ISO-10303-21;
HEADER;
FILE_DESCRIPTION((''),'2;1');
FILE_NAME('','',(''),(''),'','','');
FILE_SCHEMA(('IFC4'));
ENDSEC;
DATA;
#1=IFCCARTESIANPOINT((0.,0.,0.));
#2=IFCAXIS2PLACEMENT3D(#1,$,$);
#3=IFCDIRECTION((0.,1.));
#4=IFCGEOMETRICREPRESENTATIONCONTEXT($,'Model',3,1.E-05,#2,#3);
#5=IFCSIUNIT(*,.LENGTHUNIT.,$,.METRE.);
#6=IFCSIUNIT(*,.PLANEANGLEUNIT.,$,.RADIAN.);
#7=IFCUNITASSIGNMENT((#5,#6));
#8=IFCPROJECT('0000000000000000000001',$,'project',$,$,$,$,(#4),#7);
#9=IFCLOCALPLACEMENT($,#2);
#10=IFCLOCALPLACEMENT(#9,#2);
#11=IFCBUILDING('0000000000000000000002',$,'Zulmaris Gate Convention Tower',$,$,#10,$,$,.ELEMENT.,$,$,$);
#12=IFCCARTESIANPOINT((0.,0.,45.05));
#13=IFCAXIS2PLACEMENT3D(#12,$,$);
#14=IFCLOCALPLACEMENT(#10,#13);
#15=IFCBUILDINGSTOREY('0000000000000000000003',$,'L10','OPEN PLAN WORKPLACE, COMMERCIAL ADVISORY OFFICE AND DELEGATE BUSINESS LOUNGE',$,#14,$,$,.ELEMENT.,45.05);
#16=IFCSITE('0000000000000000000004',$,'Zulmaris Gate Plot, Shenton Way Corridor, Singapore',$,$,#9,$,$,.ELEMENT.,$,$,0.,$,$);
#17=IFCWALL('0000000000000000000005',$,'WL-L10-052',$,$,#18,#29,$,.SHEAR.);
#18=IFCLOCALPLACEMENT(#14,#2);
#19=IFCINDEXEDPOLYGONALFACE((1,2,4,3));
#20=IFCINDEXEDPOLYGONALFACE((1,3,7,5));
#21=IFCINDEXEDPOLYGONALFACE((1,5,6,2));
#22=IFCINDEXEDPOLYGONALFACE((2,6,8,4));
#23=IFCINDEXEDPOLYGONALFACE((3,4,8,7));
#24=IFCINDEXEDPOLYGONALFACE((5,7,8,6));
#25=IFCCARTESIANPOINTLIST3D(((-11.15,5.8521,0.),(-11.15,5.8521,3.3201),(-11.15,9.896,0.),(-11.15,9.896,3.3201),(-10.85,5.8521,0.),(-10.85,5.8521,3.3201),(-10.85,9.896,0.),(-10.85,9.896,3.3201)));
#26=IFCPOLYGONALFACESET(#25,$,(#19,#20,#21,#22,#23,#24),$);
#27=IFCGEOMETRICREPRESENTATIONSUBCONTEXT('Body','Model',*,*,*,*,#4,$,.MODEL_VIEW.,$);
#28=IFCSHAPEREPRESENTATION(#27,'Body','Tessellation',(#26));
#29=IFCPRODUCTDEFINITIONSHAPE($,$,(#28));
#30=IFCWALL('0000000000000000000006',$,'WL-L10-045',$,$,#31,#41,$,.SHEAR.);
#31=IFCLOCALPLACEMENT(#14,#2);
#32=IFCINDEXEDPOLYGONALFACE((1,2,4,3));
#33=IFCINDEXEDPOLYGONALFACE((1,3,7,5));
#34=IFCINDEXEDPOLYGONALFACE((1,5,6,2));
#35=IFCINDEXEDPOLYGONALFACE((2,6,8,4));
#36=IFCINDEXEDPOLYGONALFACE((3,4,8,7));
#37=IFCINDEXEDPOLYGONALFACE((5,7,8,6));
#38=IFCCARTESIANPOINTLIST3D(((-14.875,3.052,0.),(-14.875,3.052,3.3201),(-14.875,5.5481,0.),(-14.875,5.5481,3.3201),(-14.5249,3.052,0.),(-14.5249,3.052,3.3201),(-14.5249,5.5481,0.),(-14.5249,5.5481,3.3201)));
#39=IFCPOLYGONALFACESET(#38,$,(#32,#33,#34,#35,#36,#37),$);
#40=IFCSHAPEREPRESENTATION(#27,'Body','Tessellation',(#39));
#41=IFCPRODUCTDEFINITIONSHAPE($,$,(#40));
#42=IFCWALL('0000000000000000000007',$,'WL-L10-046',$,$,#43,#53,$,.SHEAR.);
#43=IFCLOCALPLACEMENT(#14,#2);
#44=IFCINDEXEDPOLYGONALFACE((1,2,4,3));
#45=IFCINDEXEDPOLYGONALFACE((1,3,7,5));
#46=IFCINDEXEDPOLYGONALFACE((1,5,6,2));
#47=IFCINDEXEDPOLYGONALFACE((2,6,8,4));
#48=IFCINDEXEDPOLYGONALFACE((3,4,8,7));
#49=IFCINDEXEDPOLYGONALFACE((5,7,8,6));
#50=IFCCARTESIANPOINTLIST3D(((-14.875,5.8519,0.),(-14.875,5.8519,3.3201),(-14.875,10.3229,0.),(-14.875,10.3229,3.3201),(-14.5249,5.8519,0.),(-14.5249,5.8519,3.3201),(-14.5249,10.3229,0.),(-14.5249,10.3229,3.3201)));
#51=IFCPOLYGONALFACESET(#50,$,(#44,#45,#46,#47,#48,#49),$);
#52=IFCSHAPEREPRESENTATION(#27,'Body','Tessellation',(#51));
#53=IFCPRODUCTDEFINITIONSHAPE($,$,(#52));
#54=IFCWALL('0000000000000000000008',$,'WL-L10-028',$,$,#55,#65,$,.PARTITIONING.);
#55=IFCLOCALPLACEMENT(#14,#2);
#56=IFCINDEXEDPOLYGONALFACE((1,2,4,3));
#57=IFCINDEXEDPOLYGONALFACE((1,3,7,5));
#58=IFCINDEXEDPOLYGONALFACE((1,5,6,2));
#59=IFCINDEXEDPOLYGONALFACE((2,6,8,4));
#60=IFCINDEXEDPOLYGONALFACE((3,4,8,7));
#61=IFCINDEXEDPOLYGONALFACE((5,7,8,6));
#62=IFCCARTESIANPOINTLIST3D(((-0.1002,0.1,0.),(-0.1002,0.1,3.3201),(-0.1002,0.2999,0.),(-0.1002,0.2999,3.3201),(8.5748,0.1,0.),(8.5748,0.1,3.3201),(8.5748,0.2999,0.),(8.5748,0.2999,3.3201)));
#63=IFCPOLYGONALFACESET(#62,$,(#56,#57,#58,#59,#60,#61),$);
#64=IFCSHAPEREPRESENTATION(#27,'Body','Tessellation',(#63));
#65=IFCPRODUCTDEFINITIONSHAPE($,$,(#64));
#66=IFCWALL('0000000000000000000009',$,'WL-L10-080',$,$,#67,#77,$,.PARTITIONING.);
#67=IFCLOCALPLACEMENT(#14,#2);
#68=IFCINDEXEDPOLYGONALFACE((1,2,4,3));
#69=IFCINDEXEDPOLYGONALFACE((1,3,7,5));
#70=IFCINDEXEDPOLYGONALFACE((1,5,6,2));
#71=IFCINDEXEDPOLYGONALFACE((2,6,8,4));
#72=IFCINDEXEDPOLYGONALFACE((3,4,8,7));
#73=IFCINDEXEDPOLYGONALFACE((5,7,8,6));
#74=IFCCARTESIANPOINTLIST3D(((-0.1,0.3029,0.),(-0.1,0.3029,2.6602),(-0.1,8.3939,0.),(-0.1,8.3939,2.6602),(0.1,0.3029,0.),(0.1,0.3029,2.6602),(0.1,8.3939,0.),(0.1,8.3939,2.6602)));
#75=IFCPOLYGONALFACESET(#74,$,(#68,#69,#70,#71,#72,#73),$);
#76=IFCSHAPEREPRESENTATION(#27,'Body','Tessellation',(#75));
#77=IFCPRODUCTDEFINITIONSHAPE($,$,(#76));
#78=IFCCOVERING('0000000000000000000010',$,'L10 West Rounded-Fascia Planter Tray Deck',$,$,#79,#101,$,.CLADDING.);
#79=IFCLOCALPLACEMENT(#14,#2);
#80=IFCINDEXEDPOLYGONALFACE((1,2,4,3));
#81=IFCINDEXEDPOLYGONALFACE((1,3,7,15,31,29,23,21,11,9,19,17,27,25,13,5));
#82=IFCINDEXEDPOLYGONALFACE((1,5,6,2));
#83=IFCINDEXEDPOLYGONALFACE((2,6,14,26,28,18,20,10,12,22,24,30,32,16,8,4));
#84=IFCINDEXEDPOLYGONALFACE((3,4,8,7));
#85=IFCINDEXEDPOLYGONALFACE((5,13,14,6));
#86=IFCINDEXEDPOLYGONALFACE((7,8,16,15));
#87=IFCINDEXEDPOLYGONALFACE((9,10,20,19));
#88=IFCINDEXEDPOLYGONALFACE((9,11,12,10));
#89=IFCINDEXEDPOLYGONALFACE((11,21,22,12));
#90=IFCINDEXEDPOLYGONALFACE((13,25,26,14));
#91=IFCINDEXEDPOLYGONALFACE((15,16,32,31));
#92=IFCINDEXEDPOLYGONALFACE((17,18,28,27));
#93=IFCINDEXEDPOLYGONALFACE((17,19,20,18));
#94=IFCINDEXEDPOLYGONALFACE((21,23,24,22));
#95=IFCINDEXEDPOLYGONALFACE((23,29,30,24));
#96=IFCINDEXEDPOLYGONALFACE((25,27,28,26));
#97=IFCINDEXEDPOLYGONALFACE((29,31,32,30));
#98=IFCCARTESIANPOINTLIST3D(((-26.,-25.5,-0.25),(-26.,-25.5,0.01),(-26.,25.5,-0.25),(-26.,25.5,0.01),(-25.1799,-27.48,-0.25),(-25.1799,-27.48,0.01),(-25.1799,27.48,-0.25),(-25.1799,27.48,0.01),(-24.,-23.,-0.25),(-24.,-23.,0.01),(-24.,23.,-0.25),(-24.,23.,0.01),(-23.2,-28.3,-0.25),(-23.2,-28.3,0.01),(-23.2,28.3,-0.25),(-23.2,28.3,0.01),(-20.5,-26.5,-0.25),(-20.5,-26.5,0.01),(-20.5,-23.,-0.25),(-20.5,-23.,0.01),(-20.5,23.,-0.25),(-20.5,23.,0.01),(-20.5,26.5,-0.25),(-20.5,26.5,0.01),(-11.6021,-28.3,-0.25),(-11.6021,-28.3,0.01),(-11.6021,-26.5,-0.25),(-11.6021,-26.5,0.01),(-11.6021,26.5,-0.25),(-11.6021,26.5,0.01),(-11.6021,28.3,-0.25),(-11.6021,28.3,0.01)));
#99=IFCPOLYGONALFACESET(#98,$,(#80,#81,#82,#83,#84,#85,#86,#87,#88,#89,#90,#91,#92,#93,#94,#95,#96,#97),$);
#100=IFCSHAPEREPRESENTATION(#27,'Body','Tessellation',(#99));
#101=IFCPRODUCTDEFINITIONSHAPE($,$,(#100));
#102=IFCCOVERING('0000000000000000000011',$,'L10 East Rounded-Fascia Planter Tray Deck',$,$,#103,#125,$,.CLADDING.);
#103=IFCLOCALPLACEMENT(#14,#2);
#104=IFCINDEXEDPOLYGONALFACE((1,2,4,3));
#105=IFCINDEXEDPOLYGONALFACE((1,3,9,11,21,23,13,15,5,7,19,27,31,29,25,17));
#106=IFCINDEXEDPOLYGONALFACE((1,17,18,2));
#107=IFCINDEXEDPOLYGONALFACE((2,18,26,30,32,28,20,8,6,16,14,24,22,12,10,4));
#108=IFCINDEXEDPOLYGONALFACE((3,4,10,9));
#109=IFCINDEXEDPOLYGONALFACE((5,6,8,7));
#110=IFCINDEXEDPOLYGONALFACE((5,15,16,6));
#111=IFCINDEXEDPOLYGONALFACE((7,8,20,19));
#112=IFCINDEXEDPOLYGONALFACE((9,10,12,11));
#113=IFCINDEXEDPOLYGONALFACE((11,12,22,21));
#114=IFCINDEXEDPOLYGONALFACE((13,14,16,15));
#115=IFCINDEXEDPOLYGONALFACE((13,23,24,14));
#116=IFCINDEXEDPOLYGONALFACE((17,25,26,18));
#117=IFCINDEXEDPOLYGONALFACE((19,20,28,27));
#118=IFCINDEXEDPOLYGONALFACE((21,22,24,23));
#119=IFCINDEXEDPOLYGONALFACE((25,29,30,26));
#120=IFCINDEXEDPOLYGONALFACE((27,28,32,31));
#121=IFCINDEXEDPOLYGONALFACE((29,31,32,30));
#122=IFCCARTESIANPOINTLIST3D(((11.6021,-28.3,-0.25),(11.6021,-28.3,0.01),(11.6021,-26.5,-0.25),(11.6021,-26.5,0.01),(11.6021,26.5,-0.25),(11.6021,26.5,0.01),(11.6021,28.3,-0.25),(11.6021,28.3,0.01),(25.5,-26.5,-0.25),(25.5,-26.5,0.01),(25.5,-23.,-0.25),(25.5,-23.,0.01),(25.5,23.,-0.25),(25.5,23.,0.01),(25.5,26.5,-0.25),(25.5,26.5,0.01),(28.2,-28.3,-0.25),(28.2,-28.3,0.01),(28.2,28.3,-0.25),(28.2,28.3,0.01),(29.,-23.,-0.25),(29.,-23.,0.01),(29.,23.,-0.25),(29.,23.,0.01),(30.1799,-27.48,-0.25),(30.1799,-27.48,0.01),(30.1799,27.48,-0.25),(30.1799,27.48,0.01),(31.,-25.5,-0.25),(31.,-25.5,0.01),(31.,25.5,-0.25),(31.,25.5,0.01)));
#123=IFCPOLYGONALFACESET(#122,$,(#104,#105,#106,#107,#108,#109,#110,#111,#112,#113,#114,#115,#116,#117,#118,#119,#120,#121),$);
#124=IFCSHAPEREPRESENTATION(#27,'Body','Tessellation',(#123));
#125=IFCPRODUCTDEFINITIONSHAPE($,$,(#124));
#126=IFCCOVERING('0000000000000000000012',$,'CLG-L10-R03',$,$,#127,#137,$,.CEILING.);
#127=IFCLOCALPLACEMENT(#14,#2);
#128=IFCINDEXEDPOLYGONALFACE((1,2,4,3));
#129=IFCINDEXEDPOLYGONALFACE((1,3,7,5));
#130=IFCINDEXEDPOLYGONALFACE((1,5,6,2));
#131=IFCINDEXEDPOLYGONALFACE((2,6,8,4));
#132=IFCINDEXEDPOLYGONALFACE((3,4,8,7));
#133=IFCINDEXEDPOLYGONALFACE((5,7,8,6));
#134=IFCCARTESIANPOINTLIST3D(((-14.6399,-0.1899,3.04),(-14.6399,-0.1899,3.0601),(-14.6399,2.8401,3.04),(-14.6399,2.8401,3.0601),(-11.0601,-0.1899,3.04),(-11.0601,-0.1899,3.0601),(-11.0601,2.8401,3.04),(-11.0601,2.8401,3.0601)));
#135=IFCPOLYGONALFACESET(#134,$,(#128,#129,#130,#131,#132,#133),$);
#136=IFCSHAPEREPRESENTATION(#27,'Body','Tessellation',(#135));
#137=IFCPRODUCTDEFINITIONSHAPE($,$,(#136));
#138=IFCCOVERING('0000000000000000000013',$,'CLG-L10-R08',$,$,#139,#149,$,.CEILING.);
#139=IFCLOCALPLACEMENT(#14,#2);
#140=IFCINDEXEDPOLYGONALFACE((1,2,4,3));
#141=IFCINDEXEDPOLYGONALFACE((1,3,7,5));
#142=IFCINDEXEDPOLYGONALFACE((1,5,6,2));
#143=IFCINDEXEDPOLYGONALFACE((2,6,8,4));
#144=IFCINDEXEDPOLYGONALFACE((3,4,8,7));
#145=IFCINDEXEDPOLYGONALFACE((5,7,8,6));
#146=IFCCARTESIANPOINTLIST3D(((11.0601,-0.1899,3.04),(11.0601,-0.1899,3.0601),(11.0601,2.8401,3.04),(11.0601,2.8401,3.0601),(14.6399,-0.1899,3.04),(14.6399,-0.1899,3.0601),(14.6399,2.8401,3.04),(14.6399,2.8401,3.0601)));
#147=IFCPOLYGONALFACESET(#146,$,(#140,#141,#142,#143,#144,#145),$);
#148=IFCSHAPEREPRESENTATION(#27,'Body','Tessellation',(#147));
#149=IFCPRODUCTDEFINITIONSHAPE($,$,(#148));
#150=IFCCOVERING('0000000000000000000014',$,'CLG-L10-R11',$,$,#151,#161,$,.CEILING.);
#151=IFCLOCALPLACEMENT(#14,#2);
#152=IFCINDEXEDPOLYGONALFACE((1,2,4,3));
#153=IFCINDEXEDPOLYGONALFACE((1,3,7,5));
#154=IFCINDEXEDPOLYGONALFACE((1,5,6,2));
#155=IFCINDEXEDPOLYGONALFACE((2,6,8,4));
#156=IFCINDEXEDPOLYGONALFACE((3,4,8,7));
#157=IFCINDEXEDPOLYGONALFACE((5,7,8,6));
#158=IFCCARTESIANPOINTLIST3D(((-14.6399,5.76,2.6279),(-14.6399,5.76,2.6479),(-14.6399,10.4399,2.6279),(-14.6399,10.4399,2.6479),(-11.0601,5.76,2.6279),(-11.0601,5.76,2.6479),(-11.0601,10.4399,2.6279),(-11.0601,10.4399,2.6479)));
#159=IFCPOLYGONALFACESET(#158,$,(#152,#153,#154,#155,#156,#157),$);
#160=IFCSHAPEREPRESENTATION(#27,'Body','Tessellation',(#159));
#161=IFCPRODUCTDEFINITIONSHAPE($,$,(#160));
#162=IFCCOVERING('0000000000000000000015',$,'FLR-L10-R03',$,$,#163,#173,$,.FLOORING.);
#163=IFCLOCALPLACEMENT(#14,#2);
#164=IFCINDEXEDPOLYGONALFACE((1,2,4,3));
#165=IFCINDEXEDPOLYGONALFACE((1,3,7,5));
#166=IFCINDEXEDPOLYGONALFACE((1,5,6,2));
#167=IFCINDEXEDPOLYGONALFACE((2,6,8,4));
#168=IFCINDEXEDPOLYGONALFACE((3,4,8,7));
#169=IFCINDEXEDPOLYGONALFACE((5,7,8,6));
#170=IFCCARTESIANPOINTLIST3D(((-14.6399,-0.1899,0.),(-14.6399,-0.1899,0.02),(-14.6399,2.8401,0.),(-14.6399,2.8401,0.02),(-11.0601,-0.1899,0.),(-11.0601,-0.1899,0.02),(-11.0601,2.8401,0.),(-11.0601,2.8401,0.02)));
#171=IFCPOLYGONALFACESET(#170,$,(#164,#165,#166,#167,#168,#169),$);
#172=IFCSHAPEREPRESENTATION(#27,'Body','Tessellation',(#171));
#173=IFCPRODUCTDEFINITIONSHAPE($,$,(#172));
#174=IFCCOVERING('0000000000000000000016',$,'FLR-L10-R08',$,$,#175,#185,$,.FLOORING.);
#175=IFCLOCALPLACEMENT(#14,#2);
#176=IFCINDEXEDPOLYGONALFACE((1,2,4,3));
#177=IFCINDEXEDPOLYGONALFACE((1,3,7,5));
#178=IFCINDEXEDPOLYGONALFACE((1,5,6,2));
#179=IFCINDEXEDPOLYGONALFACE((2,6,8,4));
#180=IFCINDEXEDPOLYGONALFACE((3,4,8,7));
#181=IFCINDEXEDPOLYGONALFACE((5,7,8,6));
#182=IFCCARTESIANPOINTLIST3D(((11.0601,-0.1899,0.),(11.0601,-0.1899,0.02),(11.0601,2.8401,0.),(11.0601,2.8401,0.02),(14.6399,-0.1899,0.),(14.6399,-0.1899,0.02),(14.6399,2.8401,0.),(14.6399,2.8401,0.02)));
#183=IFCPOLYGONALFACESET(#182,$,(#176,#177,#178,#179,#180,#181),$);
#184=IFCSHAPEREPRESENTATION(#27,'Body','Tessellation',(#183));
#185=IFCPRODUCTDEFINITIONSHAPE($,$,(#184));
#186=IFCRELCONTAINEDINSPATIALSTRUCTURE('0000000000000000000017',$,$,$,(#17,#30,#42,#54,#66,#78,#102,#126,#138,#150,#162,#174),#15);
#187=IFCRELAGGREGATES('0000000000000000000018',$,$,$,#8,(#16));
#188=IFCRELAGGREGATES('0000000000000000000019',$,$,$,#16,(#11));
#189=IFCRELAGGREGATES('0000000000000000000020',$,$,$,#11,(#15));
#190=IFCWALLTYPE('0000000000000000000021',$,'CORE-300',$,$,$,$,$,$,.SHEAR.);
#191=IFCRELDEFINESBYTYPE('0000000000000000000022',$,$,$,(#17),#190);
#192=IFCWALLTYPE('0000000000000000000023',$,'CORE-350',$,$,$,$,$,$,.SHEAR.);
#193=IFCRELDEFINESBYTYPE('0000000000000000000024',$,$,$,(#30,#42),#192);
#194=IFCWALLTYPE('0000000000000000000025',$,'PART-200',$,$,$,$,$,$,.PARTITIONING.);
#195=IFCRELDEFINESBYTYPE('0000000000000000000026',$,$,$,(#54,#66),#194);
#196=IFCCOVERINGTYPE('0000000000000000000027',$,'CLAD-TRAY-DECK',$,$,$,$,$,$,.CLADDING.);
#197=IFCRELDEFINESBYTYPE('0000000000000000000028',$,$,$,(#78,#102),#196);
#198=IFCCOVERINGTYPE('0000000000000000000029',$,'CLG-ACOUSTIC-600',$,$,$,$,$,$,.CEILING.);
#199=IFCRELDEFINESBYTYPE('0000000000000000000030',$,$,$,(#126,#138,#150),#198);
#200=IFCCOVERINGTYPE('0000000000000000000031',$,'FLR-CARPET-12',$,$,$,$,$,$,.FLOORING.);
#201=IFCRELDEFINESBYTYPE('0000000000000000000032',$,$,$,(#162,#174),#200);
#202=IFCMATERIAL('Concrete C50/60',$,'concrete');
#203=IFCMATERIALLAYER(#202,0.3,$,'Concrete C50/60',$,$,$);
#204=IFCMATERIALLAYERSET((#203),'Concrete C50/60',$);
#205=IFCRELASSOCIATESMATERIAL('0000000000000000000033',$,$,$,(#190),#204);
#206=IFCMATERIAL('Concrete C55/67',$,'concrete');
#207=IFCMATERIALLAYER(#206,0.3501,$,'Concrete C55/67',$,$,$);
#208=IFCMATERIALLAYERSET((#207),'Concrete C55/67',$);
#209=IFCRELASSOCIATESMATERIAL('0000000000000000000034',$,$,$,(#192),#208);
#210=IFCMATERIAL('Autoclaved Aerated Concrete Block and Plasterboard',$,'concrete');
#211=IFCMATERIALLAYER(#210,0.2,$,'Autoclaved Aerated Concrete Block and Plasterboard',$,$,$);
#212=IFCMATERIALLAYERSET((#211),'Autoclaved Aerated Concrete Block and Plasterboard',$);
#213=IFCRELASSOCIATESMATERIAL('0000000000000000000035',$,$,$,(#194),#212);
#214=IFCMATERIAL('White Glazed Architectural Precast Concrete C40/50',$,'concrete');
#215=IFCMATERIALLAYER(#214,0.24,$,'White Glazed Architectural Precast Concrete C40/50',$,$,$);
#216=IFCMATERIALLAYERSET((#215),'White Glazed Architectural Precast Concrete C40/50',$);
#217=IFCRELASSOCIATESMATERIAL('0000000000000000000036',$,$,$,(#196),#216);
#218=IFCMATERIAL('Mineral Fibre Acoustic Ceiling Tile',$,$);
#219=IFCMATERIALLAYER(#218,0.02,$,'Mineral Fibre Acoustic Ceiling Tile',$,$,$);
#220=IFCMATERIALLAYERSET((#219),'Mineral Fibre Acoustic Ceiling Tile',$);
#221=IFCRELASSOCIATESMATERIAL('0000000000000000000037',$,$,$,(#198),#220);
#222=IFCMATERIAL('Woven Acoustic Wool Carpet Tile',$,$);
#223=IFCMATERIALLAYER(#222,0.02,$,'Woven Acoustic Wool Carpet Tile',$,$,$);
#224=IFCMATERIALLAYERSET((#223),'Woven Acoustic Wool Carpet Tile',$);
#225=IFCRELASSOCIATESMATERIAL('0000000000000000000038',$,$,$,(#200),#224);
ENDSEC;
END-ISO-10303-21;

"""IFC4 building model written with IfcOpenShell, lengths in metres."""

from ifc_helpers import new_model, si_unit, direction, frame, frame_2d, origin, place, context, subcontext, project, spatial, polyline, rectangle, outline, extrude, material, layer, layer_set, type_object, element, save


model = new_model("IFC4")

# Units and contexts
model_context = context("Model", 3, precision=1e-05, world=origin(), true_north=direction((0.0, 1.0)))
body_context = subcontext(model_context, "Body", "Model", "MODEL_VIEW")
ifc_project = project(units=[si_unit("LENGTHUNIT", "METRE"), si_unit("PLANEANGLEUNIT", "RADIAN")], contexts=[model_context])

# Site, building, storey
site_placement = place(None, origin())
site = spatial("IfcSite", under=ifc_project, at=site_placement, Name="Zulmaris Gate Plot, Shenton Way Corridor, Singapore", CompositionType="ELEMENT", RefElevation=0.0)
building_placement = place(site_placement, origin())
building = spatial("IfcBuilding", under=site, at=building_placement, Name="Zulmaris Gate Convention Tower", CompositionType="ELEMENT")
storey_placement = place(building_placement, frame((0.0, 0.0, 45.05)))
storey = spatial("IfcBuildingStorey", under=building, at=storey_placement, Name="L10", Description="OPEN PLAN WORKPLACE, COMMERCIAL ADVISORY OFFICE AND DELEGATE BUSINESS LOUNGE", CompositionType="ELEMENT", Elevation=45.05)

# Shared definitions
ifc_material_1 = material(Name="Concrete C50/60", Category="concrete")

# Shared definitions
ifc_layer_1 = layer(ifc_material_1, 0.3, Name="Concrete C50/60")
ifc_layer_set_1 = layer_set([ifc_layer_1], Name="Concrete C50/60")
wall_type_1 = type_object("IfcWallType", Name="CORE-300", PredefinedType="SHEAR", material=ifc_layer_set_1)

# Walls
wall_1_placement = place(storey_placement, frame((-11.0, 5.8521, 0.0), z_axis=(0.0, 0.0, 1.0), x_axis=(0.0, 1.0, 0.0)))
element("IfcWall", 1, at=wall_1_placement, inside=storey, type_object=wall_type_1, Name="WL-L10-052", PredefinedType="SHEAR", context=body_context, shape_type="SweptSolid", body=[
    extrude(rectangle(XDim=4.0439, YDim=0.3, at=frame_2d((2.022, 0.0))), origin(), (0.0, 0.0, 1.0), 3.3201),
])
ifc_material_2 = material(Name="Concrete C55/67", Category="concrete")
ifc_layer_2 = layer(ifc_material_2, 0.3501, Name="Concrete C55/67")
ifc_layer_set_2 = layer_set([ifc_layer_2], Name="Concrete C55/67")
wall_type_2 = type_object("IfcWallType", Name="CORE-350", PredefinedType="SHEAR", material=ifc_layer_set_2)
wall_2_placement = place(storey_placement, frame((-14.7, 3.052, 0.0), z_axis=(0.0, 0.0, 1.0), x_axis=(0.0, 1.0, 0.0)))
element("IfcWall", 2, at=wall_2_placement, inside=storey, type_object=wall_type_2, Name="WL-L10-045", PredefinedType="SHEAR", context=body_context, shape_type="SweptSolid", body=[
    extrude(rectangle(XDim=2.4961, YDim=0.3501, at=frame_2d((1.248, 0.0))), origin(), (0.0, 0.0, 1.0), 3.3201),
])
wall_3_placement = place(storey_placement, frame((-14.7, 5.8521, 0.0), z_axis=(0.0, 0.0, 1.0), x_axis=(0.0, 1.0, 0.0)))
element("IfcWall", 3, at=wall_3_placement, inside=storey, type_object=wall_type_2, Name="WL-L10-046", PredefinedType="SHEAR", context=body_context, shape_type="SweptSolid", body=[
    extrude(rectangle(XDim=4.4709, YDim=0.3501, at=frame_2d((2.2354, 0.0))), origin(), (0.0, 0.0, 1.0), 3.3201),
])
ifc_material_3 = material(Name="Autoclaved Aerated Concrete Block and Plasterboard", Category="concrete")
ifc_layer_3 = layer(ifc_material_3, 0.2, Name="Autoclaved Aerated Concrete Block and Plasterboard")
ifc_layer_set_3 = layer_set([ifc_layer_3], Name="Autoclaved Aerated Concrete Block and Plasterboard")
wall_type_3 = type_object("IfcWallType", Name="PART-200", PredefinedType="PARTITIONING", material=ifc_layer_set_3)
wall_4_placement = place(storey_placement, frame((-0.1001, 0.2, 0.0), z_axis=(0.0, 0.0, 1.0), x_axis=(1.0, 0.0, 0.0)))
element("IfcWall", 4, at=wall_4_placement, inside=storey, type_object=wall_type_3, Name="WL-L10-028", PredefinedType="PARTITIONING", context=body_context, shape_type="SweptSolid", body=[
    extrude(rectangle(XDim=8.675, YDim=0.2, at=frame_2d((4.3374, 0.0))), origin(), (0.0, 0.0, 1.0), 3.3201),
])
wall_5_placement = place(storey_placement, frame((0.0, 0.303, 0.0), z_axis=(0.0, 0.0, 1.0), x_axis=(0.0, 1.0, 0.0)))
element("IfcWall", 5, at=wall_5_placement, inside=storey, type_object=wall_type_3, Name="WL-L10-080", PredefinedType="PARTITIONING", context=body_context, shape_type="SweptSolid", body=[
    extrude(rectangle(XDim=8.0911, YDim=0.2, at=frame_2d((4.0454, 0.0))), origin(), (0.0, 0.0, 1.0), 2.6602),
])

# Coverings
ifc_material_4 = material(Name="White Glazed Architectural Precast Concrete C40/50", Category="concrete")
ifc_layer_4 = layer(ifc_material_4, 0.24, Name="White Glazed Architectural Precast Concrete C40/50")
ifc_layer_set_4 = layer_set([ifc_layer_4], Name="White Glazed Architectural Precast Concrete C40/50")
covering_type_1 = type_object("IfcCoveringType", Name="CLAD-TRAY-DECK", PredefinedType="CLADDING", material=ifc_layer_set_4)
covering_1_placement = place(storey_placement, frame((0.0, 0.0, -0.25)))
element("IfcCovering", 6, at=covering_1_placement, inside=storey, type_object=covering_type_1, Name="L10 West Rounded-Fascia Planter Tray Deck", PredefinedType="CLADDING", context=body_context, shape_type="SweptSolid", body=[
    extrude(outline(polyline([(-26.0, 25.5), (-25.1799, 27.48), (-23.2, 28.3), (-11.6021, 28.3), (-11.6021, 26.5), (-20.5, 26.5), (-20.5, 23.0), (-24.0, 23.0), (-24.0, -23.0), (-20.5, -23.0), (-20.5, -26.5), (-11.6021, -26.5), (-11.6021, -28.3), (-23.2, -28.3), (-25.1799, -27.48), (-26.0, -25.5), (-26.0, 25.5)])), origin(), (0.0, 0.0, 1.0), 0.26),
])
covering_2_placement = place(storey_placement, frame((0.0, 0.0, -0.25)))
element("IfcCovering", 7, at=covering_2_placement, inside=storey, type_object=covering_type_1, Name="L10 East Rounded-Fascia Planter Tray Deck", PredefinedType="CLADDING", context=body_context, shape_type="SweptSolid", body=[
    extrude(outline(polyline([(28.2, 28.3), (30.1799, 27.48), (31.0, 25.5), (31.0, -25.5), (30.1799, -27.48), (28.2, -28.3), (11.6021, -28.3), (11.6021, -26.5), (25.5, -26.5), (25.5, -23.0), (29.0, -23.0), (29.0, 23.0), (25.5, 23.0), (25.5, 26.5), (11.6021, 26.5), (11.6021, 28.3), (28.2, 28.3)])), origin(), (0.0, 0.0, 1.0), 0.26),
])
ifc_material_5 = material(Name="Mineral Fibre Acoustic Ceiling Tile")
ifc_layer_5 = layer(ifc_material_5, 0.02, Name="Mineral Fibre Acoustic Ceiling Tile")
ifc_layer_set_5 = layer_set([ifc_layer_5], Name="Mineral Fibre Acoustic Ceiling Tile")
covering_type_2 = type_object("IfcCoveringType", Name="CLG-ACOUSTIC-600", PredefinedType="CEILING", material=ifc_layer_set_5)
covering_3_placement = place(storey_placement, frame((0.0, 0.0, 3.04)))
element("IfcCovering", 8, at=covering_3_placement, inside=storey, type_object=covering_type_2, Name="CLG-L10-R03", PredefinedType="CEILING", context=body_context, shape_type="SweptSolid", body=[
    extrude(outline(polyline([(-14.6399, -0.1899), (-11.0601, -0.1899), (-11.0601, 2.8401), (-14.6399, 2.8401), (-14.6399, -0.1899)])), origin(), (0.0, 0.0, 1.0), 0.02),
])
covering_4_placement = place(storey_placement, frame((0.0, 0.0, 3.04)))
element("IfcCovering", 9, at=covering_4_placement, inside=storey, type_object=covering_type_2, Name="CLG-L10-R08", PredefinedType="CEILING", context=body_context, shape_type="SweptSolid", body=[
    extrude(outline(polyline([(11.0601, -0.1899), (14.6399, -0.1899), (14.6399, 2.8401), (11.0601, 2.8401), (11.0601, -0.1899)])), origin(), (0.0, 0.0, 1.0), 0.02),
])
covering_5_placement = place(storey_placement, frame((0.0, 0.0, 2.6279)))
element("IfcCovering", 10, at=covering_5_placement, inside=storey, type_object=covering_type_2, Name="CLG-L10-R11", PredefinedType="CEILING", context=body_context, shape_type="SweptSolid", body=[
    extrude(outline(polyline([(-14.6399, 5.76), (-11.0601, 5.76), (-11.0601, 10.4399), (-14.6399, 10.4399), (-14.6399, 5.76)])), origin(), (0.0, 0.0, 1.0), 0.02),
])
ifc_material_6 = material(Name="Woven Acoustic Wool Carpet Tile")
ifc_layer_6 = layer(ifc_material_6, 0.02, Name="Woven Acoustic Wool Carpet Tile")
ifc_layer_set_6 = layer_set([ifc_layer_6], Name="Woven Acoustic Wool Carpet Tile")
covering_type_3 = type_object("IfcCoveringType", Name="FLR-CARPET-12", PredefinedType="FLOORING", material=ifc_layer_set_6)
covering_6_placement = place(storey_placement, origin())
element("IfcCovering", 11, at=covering_6_placement, inside=storey, type_object=covering_type_3, Name="FLR-L10-R03", PredefinedType="FLOORING", context=body_context, shape_type="SweptSolid", body=[
    extrude(outline(polyline([(-14.6399, -0.1899), (-11.0601, -0.1899), (-11.0601, 2.8401), (-14.6399, 2.8401), (-14.6399, -0.1899)])), origin(), (0.0, 0.0, 1.0), 0.02),
])
covering_7_placement = place(storey_placement, origin())
element("IfcCovering", 12, at=covering_7_placement, inside=storey, type_object=covering_type_3, Name="FLR-L10-R08", PredefinedType="FLOORING", context=body_context, shape_type="SweptSolid", body=[
    extrude(outline(polyline([(11.0601, -0.1899), (14.6399, -0.1899), (14.6399, 2.8401), (11.0601, 2.8401), (11.0601, -0.1899)])), origin(), (0.0, 0.0, 1.0), 0.02),
])

save(model, "model.ifc")
